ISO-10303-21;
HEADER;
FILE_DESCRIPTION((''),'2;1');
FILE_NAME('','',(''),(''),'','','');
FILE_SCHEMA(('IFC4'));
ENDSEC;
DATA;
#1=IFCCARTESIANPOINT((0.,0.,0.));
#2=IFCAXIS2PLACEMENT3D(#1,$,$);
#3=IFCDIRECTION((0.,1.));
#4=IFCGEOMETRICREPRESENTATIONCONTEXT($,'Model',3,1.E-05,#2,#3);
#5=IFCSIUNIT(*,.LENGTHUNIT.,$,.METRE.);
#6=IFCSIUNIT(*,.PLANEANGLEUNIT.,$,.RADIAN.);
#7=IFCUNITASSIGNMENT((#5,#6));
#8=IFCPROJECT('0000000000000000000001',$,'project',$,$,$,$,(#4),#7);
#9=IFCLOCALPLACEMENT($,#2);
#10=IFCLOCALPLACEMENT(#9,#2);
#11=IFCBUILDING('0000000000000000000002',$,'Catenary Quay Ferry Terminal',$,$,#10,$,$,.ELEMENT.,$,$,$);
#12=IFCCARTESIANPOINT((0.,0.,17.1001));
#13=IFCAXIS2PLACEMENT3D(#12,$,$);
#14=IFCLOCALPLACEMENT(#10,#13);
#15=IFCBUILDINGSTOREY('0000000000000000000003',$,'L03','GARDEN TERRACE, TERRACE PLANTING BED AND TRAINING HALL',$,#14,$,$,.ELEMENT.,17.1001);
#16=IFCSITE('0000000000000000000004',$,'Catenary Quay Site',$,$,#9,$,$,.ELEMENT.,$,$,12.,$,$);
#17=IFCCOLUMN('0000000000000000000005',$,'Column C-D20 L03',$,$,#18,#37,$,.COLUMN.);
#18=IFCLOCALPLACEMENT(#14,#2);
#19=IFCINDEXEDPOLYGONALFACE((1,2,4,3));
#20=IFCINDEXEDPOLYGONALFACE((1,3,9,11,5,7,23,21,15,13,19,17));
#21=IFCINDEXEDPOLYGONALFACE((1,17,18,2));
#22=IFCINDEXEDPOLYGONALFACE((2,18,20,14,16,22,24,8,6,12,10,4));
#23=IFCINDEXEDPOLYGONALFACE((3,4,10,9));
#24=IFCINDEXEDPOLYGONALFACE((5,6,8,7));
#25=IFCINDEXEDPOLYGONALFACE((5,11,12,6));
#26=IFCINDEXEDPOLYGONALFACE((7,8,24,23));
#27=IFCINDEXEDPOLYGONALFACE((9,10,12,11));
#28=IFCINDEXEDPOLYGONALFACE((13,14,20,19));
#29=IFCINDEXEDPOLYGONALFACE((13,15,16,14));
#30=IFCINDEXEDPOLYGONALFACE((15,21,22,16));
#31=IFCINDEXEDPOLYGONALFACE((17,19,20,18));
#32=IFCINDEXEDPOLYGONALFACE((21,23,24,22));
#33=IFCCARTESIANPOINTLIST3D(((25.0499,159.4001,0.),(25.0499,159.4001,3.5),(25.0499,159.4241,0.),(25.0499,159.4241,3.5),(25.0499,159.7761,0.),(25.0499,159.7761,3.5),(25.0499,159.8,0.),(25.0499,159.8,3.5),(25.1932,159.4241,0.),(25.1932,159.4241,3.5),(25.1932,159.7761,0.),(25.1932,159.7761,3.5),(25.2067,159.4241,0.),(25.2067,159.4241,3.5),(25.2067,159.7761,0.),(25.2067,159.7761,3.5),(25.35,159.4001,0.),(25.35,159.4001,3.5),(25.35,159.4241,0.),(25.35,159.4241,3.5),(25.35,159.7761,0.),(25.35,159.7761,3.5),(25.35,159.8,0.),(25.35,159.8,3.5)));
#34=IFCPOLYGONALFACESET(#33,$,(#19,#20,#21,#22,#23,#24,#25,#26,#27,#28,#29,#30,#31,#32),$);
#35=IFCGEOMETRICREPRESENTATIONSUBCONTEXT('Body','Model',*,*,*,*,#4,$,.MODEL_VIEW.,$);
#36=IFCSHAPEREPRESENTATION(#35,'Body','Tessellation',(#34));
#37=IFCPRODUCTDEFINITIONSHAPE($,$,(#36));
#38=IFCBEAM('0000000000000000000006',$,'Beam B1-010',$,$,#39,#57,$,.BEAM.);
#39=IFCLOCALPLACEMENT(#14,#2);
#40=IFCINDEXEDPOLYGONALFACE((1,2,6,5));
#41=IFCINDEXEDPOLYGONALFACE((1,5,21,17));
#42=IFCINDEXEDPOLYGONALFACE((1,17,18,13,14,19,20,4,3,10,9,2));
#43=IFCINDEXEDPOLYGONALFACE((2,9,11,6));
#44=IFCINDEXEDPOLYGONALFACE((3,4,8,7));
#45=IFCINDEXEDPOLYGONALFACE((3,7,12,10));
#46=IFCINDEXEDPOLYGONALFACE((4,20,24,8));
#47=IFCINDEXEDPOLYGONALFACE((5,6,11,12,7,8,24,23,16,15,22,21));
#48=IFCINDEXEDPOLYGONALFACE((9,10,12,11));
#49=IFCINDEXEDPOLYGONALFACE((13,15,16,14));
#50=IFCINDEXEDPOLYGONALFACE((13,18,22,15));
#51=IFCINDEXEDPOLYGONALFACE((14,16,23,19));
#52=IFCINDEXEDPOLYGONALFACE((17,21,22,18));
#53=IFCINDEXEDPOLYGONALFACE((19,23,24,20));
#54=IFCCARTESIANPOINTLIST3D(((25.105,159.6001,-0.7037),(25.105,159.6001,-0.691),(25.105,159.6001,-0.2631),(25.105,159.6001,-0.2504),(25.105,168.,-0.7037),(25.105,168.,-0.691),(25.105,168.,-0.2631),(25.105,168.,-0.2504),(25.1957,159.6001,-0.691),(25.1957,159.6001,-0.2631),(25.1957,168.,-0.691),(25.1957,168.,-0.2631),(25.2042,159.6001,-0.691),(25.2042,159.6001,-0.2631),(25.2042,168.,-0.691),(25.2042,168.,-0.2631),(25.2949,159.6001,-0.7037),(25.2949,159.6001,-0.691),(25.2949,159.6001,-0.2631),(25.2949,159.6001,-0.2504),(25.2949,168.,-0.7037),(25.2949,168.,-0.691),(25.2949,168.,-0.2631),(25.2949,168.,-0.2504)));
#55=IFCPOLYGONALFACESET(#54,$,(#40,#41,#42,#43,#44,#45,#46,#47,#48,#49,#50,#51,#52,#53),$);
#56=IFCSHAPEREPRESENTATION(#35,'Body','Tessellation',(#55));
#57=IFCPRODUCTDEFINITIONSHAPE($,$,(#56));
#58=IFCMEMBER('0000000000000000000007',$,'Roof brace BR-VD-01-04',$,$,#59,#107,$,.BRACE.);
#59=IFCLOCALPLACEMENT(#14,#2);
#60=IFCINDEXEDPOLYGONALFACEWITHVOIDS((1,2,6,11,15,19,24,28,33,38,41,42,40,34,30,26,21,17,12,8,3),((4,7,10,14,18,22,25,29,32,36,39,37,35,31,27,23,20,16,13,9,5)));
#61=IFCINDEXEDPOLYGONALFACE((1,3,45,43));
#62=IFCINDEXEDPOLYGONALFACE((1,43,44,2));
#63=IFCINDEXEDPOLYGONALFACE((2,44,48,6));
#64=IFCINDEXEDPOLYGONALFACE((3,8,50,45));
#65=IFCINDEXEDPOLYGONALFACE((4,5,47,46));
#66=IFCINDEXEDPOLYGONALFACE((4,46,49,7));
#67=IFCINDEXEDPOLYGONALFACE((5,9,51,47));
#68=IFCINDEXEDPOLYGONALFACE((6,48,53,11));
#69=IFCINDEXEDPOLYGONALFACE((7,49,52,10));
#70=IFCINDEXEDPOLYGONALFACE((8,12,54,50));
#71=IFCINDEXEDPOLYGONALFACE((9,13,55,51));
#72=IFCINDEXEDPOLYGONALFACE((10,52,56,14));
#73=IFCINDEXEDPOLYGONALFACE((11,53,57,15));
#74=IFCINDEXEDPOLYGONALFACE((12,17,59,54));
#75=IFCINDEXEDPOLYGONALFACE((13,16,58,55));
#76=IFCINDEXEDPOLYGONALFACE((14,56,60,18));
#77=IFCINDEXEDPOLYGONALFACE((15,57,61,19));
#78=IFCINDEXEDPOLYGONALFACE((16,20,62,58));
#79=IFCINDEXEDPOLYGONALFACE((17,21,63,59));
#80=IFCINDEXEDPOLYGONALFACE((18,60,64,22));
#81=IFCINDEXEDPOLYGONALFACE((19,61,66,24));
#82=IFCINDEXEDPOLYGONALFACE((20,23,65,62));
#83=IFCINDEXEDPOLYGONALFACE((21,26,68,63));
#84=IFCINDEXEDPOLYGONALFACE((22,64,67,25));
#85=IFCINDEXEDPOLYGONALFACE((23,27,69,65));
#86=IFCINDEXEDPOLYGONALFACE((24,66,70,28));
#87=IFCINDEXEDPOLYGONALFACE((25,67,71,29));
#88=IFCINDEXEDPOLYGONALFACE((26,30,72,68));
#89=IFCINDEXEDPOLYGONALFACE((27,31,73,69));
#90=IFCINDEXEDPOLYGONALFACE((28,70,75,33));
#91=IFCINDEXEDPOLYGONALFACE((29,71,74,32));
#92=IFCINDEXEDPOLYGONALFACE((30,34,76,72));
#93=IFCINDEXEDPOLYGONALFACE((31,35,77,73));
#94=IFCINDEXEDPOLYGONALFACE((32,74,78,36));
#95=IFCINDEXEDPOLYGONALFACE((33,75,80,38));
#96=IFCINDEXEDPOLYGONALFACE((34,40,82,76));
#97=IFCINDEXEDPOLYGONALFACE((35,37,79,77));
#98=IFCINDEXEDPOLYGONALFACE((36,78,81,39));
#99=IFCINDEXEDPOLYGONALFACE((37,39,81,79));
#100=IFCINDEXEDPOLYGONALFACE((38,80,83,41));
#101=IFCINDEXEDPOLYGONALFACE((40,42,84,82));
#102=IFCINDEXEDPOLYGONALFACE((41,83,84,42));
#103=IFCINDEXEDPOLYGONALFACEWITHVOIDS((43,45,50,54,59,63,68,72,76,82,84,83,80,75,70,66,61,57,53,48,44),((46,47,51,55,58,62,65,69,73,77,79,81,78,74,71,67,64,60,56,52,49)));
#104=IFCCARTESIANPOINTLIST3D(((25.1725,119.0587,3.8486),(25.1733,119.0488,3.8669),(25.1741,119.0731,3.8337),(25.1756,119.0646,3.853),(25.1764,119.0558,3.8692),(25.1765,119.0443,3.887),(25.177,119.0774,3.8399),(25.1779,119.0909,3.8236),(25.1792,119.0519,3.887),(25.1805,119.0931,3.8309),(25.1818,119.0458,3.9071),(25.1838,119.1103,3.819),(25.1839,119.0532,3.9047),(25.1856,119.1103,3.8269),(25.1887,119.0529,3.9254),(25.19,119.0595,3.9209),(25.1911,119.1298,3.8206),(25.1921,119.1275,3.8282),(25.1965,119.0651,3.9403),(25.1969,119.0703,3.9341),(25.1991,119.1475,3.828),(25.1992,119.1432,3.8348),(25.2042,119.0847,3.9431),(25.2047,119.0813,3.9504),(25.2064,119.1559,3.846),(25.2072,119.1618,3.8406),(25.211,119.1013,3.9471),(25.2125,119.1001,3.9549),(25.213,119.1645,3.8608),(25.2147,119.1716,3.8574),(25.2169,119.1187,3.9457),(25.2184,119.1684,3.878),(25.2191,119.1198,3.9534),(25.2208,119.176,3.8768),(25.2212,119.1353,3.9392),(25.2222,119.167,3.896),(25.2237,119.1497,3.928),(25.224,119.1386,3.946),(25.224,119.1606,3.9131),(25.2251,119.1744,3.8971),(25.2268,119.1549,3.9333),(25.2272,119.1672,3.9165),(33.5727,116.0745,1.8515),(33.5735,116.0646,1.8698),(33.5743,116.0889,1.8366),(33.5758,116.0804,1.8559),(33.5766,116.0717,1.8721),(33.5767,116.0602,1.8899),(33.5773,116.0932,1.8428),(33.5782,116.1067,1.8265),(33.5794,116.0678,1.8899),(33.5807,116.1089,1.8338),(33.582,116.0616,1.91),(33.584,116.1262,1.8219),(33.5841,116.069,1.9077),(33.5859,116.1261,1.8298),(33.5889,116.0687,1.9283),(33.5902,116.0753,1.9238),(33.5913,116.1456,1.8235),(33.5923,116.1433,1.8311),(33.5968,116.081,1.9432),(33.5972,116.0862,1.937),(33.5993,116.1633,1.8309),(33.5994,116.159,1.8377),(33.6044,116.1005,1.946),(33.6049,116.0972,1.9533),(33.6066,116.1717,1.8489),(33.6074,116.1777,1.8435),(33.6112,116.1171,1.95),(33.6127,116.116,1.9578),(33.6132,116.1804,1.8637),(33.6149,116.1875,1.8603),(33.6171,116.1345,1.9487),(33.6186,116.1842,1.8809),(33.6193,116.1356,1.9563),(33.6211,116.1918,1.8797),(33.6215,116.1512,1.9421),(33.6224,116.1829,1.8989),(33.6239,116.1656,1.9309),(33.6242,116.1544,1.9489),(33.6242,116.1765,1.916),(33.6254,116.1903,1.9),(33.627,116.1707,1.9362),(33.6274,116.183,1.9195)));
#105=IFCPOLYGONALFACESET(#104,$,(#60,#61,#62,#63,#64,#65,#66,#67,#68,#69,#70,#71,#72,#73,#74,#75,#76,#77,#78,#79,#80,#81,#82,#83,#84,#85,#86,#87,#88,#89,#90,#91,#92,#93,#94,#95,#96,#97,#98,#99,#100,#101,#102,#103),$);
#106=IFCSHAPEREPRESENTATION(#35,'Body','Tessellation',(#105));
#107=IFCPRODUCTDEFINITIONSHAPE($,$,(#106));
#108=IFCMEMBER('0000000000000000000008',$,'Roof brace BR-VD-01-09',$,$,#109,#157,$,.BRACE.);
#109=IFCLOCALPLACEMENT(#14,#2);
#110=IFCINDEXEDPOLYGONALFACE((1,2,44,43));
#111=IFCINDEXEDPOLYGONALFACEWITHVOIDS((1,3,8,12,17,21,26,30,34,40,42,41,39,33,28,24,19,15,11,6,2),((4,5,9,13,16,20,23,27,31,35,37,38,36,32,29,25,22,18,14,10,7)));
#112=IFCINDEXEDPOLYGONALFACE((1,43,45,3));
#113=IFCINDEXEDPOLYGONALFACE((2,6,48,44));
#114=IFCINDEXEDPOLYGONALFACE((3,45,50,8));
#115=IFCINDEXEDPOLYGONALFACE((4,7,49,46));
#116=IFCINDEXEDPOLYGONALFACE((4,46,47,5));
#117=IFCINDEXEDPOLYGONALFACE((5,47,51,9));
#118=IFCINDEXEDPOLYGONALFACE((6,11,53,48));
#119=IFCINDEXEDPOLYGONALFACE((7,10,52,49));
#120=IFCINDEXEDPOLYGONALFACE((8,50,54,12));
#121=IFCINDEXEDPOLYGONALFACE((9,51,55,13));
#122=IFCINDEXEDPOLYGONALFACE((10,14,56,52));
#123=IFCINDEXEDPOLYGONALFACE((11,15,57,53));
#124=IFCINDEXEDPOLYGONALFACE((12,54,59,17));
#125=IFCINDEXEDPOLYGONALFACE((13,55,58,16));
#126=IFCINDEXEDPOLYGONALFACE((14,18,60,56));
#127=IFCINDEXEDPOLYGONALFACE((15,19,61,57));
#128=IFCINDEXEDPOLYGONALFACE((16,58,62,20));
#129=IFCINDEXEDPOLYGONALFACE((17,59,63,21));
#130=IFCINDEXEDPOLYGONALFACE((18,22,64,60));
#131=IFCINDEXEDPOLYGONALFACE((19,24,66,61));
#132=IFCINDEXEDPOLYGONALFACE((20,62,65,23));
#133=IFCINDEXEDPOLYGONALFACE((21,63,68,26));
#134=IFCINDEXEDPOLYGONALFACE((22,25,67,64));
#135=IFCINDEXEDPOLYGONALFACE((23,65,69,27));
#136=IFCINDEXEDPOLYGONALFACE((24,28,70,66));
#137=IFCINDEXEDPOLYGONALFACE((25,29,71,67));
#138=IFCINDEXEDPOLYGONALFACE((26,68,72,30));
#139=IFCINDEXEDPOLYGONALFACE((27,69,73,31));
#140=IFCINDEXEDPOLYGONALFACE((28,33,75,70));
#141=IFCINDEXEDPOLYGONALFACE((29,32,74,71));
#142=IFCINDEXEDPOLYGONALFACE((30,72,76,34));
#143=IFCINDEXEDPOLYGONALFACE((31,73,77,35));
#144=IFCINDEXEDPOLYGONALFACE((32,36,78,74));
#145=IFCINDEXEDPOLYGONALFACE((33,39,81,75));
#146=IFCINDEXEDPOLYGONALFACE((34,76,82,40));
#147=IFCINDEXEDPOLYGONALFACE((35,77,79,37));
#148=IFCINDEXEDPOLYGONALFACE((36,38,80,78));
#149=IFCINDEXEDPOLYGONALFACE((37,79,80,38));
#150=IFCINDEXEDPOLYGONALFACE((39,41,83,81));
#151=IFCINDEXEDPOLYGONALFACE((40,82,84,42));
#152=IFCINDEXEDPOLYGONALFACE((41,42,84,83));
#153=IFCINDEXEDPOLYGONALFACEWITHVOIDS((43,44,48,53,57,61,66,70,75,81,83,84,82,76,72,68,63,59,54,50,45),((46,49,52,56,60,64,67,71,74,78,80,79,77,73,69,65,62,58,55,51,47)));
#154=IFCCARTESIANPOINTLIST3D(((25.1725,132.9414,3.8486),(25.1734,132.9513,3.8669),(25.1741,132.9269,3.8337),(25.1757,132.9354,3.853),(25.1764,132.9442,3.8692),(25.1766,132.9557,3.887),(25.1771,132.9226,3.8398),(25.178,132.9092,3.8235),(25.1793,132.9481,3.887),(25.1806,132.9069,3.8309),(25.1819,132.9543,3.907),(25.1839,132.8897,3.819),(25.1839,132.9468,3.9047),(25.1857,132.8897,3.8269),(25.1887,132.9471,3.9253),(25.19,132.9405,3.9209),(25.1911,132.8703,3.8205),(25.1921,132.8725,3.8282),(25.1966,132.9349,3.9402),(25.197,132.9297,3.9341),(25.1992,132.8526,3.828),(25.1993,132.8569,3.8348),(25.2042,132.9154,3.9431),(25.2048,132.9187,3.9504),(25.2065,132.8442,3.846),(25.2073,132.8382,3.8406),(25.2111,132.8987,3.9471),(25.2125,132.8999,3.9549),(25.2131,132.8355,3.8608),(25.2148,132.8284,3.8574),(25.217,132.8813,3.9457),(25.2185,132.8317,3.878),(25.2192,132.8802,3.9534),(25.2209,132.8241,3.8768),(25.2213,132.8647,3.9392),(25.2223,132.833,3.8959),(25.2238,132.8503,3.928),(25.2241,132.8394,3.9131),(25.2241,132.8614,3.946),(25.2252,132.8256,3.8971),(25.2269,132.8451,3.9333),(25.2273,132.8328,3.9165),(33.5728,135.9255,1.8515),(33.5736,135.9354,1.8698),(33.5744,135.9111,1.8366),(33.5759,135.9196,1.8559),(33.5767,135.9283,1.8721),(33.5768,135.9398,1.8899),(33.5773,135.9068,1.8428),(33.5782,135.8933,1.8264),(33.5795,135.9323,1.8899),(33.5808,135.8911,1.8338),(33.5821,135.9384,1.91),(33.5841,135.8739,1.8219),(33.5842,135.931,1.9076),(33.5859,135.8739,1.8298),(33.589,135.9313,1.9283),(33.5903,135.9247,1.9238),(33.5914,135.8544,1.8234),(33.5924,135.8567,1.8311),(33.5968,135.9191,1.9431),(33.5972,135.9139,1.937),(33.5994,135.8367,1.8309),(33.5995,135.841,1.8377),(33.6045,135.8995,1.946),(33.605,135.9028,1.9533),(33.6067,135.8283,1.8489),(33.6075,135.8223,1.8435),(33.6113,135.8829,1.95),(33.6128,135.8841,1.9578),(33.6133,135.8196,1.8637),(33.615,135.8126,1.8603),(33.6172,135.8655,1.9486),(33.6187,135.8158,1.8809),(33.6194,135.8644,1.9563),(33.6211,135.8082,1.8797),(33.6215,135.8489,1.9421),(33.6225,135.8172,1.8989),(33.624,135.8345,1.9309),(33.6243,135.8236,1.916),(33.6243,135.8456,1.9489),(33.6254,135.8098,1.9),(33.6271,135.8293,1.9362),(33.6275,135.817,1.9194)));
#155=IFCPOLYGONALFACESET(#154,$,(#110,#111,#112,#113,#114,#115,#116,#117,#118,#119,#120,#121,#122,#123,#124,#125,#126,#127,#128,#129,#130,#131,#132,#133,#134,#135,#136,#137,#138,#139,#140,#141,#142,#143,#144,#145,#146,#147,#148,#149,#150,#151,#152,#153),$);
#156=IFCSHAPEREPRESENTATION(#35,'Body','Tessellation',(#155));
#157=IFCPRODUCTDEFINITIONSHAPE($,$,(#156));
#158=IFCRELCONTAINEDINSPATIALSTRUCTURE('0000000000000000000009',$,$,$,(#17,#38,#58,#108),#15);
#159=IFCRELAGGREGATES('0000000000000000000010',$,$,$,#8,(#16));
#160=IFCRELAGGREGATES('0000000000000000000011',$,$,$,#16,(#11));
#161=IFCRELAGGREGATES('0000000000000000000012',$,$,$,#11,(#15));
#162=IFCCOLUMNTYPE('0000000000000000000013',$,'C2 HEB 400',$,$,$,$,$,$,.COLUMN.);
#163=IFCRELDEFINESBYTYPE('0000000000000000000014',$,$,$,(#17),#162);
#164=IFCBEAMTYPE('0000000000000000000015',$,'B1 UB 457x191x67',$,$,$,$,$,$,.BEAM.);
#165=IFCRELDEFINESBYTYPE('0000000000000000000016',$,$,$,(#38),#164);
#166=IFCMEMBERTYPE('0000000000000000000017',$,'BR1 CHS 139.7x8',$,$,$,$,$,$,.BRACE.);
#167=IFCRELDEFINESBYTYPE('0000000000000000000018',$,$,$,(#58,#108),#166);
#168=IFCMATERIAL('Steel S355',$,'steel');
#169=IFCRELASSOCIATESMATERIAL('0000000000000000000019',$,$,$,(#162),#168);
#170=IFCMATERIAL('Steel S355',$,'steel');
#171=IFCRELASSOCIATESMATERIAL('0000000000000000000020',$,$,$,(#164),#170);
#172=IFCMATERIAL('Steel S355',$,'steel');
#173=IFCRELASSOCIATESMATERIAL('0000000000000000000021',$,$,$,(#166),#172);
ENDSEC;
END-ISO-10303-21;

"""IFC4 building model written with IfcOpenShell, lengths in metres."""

from ifc_helpers import new_model, si_unit, direction, frame, origin, origin_2d, place, context, subcontext, project, spatial, hollow_circle, i_section, extrude, material, material_profile, profile_set, type_object, element, save


model = new_model("IFC4")

# Units and contexts
model_context = context("Model", 3, precision=1e-05, world=origin(), true_north=direction((0.0, 1.0)))
body_context = subcontext(model_context, "Body", "Model", "MODEL_VIEW")
ifc_project = project(units=[si_unit("LENGTHUNIT", "METRE"), si_unit("PLANEANGLEUNIT", "RADIAN")], contexts=[model_context])

# Site, building, storey
site_placement = place(None, origin())
site = spatial("IfcSite", under=ifc_project, at=site_placement, Name="Catenary Quay Site", CompositionType="ELEMENT", RefElevation=12.0)
building_placement = place(site_placement, origin())
building = spatial("IfcBuilding", under=site, at=building_placement, Name="Catenary Quay Ferry Terminal", CompositionType="ELEMENT")
storey_placement = place(building_placement, frame((0.0, 0.0, 17.1001)))
storey = spatial("IfcBuildingStorey", under=building, at=storey_placement, Name="L03", Description="GARDEN TERRACE, TERRACE PLANTING BED AND TRAINING HALL", CompositionType="ELEMENT", Elevation=17.1001)

# Column
ifc_material_1 = material(Name="Steel S355", Category="steel")
ifc_material_profile_1 = material_profile(ifc_material_1, i_section(OverallWidth=0.3, OverallDepth=0.3999, WebThickness=0.0134, FlangeThickness=0.0239, at=origin_2d()), Name="HEB 400")
ifc_profile_set_1 = profile_set([ifc_material_profile_1], Name="Steel S355")
column_type = type_object("IfcColumnType", Name="C2 HEB 400", PredefinedType="COLUMN", material=ifc_profile_set_1)
column_placement = place(storey_placement, frame((25.2, 159.6001, 0.0), z_axis=(0.0, 0.0, 1.0), x_axis=(1.0, 0.0, 0.0)))
element("IfcColumn", 1, at=column_placement, inside=storey, type_object=column_type, Name="Column C-D20 L03", PredefinedType="COLUMN", context=body_context, shape_type="SweptSolid", body=[
    extrude(i_section(OverallWidth=0.3, OverallDepth=0.3999, WebThickness=0.0134, FlangeThickness=0.0239, at=origin_2d()), origin(), (0.0, 0.0, 1.0), 3.5),
])

# Beam
ifc_material_2 = material(Name="Steel S355", Category="steel")
ifc_material_profile_2 = material_profile(ifc_material_2, i_section(OverallWidth=0.1899, OverallDepth=0.4534, WebThickness=0.0085, FlangeThickness=0.0127, at=origin_2d()), Name="UB 457x191x67")
ifc_profile_set_2 = profile_set([ifc_material_profile_2], Name="Steel S355")
beam_type = type_object("IfcBeamType", Name="B1 UB 457x191x67", PredefinedType="BEAM", material=ifc_profile_set_2)
beam_placement = place(storey_placement, frame((25.2, 159.6001, -0.4771), z_axis=(0.0, 1.0, 0.0), x_axis=(-1.0, 0.0, 0.0)))
element("IfcBeam", 2, at=beam_placement, inside=storey, type_object=beam_type, Name="Beam B1-010", PredefinedType="BEAM", context=body_context, shape_type="SweptSolid", body=[
    extrude(i_section(OverallWidth=0.1899, OverallDepth=0.4534, WebThickness=0.0085, FlangeThickness=0.0127, at=origin_2d()), origin(), (0.0, 0.0, 1.0), 8.3999),
])

# Members
ifc_material_3 = material(Name="Steel S355", Category="steel")
ifc_material_profile_3 = material_profile(ifc_material_3, hollow_circle(Radius=0.0698, WallThickness=0.0081, at=origin_2d()), Name="CHS 139.7x8")
ifc_profile_set_3 = profile_set([ifc_material_profile_3], Name="Steel S355")
member_type_1 = type_object("IfcMemberType", Name="BR1 CHS 139.7x8", PredefinedType="BRACE", material=ifc_profile_set_3)
for number, where, z_axis, x_axis, name in (
    (3, (33.6001, 116.126, 1.8899), (-0.919515, 0.326655, 0.218608), (-0.334752, -0.942306, 0.0), "Roof brace BR-VD-01-04"),
    (4, (25.2, 132.8899, 3.887), (0.919515, 0.326655, -0.218608), (-0.334752, 0.942306, 0.0), "Roof brace BR-VD-01-09"),
):
    element("IfcMember", number, at=place(storey_placement, frame(where, z_axis=z_axis, x_axis=x_axis)), inside=storey, type_object=member_type_1, Name=name, PredefinedType="BRACE", context=body_context, shape_type="SweptSolid", body=[
        extrude(hollow_circle(Radius=0.0698, WallThickness=0.0081, at=origin_2d()), origin(), (0.0, 0.0, 1.0), 9.1355),
    ])

save(model, "model.ifc")
